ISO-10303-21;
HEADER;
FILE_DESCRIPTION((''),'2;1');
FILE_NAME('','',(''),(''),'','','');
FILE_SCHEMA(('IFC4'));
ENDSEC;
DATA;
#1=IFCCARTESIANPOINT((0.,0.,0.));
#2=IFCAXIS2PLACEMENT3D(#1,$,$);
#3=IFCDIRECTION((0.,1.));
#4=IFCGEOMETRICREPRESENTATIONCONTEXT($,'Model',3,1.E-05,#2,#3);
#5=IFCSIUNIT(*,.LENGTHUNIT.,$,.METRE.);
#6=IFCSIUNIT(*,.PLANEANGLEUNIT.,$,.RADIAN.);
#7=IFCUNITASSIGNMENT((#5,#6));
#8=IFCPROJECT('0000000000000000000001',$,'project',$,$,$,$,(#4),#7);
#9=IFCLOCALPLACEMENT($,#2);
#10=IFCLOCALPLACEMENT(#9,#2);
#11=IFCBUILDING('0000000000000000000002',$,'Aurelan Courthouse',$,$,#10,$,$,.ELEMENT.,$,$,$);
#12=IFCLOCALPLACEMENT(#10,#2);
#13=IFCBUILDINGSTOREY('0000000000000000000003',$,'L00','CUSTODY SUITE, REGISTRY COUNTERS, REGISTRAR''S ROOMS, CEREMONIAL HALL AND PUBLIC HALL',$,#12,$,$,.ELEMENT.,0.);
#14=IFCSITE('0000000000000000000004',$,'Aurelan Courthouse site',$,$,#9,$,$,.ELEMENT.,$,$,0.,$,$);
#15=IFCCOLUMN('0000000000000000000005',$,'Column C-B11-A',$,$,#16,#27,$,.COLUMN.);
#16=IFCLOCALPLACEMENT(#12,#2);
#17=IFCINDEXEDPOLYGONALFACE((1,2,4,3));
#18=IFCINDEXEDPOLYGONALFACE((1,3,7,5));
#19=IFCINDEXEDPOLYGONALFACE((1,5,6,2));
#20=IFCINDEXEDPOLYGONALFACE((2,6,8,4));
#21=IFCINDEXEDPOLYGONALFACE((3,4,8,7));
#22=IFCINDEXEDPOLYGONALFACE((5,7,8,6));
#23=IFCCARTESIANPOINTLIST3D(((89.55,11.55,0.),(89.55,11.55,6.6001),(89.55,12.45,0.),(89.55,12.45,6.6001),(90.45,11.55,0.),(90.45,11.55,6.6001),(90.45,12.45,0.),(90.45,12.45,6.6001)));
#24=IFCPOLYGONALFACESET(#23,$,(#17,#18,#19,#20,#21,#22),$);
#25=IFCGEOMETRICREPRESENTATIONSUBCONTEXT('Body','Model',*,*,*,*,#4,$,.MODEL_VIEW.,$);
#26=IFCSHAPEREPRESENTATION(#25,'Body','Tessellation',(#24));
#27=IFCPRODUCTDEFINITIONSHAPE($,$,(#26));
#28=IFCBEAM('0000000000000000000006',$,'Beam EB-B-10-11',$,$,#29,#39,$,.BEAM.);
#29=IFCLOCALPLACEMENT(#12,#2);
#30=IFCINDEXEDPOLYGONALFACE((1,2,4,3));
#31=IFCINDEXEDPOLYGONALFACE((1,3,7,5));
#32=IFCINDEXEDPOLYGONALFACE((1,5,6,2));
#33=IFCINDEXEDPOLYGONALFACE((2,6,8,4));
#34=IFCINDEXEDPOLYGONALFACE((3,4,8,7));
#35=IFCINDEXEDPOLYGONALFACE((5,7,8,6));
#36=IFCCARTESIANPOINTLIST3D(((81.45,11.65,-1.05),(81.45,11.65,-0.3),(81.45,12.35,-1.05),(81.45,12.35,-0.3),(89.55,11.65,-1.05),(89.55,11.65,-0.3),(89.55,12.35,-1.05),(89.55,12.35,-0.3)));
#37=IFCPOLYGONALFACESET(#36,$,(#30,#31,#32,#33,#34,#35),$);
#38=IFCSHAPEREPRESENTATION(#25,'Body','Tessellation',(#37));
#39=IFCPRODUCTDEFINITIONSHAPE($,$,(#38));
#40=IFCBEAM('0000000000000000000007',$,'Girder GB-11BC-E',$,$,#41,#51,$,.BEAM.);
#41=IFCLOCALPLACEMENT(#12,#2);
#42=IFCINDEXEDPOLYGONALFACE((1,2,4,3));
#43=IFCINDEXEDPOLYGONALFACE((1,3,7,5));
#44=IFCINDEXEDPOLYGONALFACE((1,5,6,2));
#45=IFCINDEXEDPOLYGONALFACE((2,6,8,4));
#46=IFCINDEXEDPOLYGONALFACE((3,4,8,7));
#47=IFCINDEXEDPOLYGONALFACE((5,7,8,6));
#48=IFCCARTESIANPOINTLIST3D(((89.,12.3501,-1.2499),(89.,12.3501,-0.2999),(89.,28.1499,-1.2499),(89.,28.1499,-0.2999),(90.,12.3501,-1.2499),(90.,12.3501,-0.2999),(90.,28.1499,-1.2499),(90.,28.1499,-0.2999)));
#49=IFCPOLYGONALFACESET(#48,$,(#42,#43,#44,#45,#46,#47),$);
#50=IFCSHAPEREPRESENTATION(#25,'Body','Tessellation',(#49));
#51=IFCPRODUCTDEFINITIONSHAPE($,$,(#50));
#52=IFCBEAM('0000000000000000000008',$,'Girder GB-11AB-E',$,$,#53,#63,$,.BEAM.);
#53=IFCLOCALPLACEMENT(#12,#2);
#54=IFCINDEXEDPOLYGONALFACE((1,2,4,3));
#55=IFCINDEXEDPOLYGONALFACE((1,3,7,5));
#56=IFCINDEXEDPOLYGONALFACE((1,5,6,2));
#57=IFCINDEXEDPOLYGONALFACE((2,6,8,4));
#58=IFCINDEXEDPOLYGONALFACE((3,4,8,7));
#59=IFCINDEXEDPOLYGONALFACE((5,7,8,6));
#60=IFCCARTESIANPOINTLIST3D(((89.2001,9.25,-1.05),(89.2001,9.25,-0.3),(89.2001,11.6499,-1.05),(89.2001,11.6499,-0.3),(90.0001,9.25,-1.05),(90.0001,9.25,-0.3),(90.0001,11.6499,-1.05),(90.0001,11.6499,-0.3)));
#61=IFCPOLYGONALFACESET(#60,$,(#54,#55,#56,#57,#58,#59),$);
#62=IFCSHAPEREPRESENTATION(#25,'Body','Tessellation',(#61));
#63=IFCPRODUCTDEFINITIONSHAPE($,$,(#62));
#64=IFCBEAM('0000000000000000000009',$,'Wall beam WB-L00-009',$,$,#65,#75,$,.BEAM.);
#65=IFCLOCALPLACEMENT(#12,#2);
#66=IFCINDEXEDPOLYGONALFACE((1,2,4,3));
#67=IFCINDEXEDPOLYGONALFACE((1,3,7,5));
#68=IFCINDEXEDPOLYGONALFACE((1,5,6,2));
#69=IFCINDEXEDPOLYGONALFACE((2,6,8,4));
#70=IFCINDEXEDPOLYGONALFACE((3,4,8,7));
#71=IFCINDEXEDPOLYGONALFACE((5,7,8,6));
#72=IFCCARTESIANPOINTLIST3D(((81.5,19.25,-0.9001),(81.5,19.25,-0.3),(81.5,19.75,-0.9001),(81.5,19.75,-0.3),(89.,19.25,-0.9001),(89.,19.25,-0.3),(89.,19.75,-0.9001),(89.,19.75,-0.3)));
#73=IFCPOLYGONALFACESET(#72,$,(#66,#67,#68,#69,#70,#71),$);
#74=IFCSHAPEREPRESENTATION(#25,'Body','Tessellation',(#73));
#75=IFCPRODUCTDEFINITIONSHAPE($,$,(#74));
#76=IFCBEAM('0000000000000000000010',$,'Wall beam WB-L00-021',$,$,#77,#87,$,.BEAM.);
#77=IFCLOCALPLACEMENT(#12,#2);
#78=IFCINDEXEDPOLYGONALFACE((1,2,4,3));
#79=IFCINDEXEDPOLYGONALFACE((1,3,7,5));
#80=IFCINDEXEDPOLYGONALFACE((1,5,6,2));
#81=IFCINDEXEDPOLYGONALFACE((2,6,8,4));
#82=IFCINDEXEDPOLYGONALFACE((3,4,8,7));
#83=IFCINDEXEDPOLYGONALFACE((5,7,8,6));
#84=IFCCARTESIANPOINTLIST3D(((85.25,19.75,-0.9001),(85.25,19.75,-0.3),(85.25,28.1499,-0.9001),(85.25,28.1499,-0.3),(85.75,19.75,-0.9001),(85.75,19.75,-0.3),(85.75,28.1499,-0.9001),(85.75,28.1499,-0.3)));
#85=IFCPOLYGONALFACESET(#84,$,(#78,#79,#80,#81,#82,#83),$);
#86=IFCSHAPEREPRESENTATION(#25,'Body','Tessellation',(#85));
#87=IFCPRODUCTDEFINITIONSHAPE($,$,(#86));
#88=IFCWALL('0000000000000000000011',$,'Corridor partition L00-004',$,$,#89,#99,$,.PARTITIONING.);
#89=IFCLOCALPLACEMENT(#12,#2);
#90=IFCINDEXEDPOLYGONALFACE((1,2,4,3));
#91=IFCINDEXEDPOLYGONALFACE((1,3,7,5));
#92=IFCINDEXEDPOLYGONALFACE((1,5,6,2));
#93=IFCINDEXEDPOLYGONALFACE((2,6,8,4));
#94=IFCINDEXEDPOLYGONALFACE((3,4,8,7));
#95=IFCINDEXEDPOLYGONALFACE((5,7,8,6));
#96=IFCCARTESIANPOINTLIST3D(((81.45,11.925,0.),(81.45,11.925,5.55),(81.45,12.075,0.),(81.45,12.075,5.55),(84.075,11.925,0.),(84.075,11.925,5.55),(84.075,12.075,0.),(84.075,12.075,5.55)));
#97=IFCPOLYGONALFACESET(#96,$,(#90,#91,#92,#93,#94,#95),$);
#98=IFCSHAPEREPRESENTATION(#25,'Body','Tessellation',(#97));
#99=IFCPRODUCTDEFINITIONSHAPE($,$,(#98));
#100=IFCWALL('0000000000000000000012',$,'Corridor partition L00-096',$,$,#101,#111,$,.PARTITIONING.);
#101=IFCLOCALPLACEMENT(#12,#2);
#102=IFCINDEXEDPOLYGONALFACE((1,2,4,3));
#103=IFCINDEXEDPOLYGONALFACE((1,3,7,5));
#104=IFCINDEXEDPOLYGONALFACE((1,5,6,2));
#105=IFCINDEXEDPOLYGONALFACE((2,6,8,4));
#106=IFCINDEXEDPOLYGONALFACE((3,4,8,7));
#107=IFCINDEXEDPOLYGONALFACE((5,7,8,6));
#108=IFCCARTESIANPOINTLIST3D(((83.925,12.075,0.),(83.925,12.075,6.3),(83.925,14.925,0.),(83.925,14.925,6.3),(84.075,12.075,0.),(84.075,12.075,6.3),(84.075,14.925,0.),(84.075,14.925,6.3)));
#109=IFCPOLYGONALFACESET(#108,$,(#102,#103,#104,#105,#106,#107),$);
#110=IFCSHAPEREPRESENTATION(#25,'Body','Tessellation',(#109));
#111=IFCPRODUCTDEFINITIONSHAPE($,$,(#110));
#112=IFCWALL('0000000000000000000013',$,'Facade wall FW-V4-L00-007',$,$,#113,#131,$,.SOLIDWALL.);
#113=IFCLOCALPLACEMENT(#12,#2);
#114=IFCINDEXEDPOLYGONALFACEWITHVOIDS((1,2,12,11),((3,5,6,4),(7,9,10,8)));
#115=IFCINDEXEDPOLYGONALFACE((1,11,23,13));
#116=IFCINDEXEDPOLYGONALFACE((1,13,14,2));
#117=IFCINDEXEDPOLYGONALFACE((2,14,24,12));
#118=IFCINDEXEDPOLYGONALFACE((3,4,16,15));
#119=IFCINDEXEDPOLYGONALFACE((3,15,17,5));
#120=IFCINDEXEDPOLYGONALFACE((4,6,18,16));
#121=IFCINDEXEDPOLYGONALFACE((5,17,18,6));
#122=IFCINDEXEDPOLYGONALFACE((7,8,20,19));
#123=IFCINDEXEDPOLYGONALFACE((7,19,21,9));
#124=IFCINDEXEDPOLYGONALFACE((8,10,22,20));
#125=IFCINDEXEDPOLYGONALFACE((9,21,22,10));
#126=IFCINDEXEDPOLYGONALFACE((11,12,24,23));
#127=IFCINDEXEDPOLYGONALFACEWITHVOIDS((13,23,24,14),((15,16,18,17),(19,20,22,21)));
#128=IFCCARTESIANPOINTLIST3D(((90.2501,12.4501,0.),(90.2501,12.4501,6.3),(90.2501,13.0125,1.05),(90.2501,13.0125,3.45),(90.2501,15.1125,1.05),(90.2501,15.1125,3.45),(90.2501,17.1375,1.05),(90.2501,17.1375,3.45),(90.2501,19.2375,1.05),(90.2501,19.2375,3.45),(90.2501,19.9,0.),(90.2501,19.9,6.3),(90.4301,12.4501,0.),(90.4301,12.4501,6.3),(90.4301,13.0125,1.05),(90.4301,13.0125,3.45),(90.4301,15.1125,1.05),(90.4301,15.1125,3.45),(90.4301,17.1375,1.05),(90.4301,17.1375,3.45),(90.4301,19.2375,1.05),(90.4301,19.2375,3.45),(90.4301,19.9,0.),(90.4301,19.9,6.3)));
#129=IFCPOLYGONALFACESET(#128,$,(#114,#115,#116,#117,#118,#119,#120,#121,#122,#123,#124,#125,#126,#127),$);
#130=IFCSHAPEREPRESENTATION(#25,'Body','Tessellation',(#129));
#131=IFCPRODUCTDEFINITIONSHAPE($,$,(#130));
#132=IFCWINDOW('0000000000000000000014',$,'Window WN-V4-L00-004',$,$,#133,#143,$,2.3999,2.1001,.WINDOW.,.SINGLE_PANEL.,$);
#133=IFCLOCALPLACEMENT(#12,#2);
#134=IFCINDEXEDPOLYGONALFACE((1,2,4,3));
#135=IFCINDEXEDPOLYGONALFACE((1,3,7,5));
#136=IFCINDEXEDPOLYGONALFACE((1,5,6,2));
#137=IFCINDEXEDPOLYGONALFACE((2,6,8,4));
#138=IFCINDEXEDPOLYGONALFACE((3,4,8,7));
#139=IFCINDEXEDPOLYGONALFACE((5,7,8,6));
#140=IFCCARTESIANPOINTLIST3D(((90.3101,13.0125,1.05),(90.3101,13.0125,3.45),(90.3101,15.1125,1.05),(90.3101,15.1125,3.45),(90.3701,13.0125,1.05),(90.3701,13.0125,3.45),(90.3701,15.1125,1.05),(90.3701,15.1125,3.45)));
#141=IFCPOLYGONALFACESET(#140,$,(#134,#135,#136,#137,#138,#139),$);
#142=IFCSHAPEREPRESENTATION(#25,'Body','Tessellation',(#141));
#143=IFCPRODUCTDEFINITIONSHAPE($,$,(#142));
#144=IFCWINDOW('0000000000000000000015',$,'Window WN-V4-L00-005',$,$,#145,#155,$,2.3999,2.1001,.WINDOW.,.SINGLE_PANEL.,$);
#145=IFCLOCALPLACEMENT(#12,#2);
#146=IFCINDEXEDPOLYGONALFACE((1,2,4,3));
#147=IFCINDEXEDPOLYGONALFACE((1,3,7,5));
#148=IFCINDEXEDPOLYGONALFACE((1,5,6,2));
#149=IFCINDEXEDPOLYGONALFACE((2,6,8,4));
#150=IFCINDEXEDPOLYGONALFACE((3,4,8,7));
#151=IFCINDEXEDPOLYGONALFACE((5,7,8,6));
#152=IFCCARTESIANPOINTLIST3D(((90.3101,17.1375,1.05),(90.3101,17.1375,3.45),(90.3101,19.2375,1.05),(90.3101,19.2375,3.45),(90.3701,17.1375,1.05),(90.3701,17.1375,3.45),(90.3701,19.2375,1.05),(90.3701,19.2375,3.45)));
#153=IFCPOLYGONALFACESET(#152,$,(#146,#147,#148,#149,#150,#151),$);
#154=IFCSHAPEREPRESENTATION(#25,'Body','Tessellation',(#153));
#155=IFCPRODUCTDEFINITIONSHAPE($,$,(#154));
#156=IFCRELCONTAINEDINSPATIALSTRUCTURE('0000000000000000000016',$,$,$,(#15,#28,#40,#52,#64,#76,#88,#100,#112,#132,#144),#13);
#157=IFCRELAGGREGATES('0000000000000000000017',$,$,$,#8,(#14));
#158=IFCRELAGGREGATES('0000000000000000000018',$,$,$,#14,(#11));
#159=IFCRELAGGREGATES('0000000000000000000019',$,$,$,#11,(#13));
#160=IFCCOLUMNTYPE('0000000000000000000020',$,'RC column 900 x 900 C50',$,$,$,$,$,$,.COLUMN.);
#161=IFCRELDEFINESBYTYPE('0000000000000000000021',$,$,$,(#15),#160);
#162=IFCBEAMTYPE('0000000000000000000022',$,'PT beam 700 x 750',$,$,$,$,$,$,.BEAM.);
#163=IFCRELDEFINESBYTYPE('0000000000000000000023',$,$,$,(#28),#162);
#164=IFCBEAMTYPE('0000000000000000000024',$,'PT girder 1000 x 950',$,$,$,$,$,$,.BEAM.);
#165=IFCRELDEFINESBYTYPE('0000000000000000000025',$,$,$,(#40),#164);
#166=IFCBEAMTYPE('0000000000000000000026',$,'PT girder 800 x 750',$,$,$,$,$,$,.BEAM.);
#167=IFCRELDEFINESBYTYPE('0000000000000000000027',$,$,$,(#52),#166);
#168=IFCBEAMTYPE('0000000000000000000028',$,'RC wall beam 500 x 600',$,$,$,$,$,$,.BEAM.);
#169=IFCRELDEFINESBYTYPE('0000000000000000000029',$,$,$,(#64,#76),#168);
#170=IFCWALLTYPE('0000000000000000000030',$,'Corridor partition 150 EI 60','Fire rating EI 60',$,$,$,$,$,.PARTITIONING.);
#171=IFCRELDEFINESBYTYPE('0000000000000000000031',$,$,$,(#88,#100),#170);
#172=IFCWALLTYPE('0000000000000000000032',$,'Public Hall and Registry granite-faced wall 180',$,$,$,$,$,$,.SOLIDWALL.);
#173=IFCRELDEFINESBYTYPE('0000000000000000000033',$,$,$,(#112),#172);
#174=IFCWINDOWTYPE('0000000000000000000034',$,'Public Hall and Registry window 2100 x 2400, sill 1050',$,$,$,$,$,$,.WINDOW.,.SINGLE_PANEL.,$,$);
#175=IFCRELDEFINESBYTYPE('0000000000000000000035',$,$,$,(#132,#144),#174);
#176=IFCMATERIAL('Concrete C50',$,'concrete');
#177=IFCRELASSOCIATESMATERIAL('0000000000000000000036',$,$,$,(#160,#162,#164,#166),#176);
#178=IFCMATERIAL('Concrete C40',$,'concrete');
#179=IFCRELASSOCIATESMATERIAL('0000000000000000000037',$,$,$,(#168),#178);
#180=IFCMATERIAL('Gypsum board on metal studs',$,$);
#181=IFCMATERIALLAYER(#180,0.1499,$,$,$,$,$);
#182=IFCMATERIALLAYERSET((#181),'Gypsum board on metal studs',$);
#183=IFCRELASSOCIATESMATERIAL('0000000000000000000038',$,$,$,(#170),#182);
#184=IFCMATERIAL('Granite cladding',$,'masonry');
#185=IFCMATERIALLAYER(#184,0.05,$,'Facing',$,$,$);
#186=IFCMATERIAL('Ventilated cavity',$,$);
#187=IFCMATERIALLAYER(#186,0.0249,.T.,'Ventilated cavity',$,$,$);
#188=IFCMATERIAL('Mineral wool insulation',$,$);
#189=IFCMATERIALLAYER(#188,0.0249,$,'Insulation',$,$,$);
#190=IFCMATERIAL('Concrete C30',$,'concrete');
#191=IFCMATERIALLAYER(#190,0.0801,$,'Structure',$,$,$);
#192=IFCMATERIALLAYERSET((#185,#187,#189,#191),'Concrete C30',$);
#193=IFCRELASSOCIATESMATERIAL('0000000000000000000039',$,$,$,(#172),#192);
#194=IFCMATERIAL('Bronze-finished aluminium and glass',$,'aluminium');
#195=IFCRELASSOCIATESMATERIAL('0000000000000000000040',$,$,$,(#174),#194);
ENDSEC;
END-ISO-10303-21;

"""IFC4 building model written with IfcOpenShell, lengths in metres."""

from ifc_helpers import new_model, si_unit, direction, frame, frame_2d, origin, origin_2d, place, context, subcontext, project, spatial, rectangle, extrude, material, layer, layer_set, material_profile, profile_set, type_object, element, fill, save


model = new_model("IFC4")

# Units and contexts
model_context = context("Model", 3, precision=1e-05, world=origin(), true_north=direction((0.0, 1.0)))
body_context = subcontext(model_context, "Body", "Model", "MODEL_VIEW")
ifc_project = project(units=[si_unit("LENGTHUNIT", "METRE"), si_unit("PLANEANGLEUNIT", "RADIAN")], contexts=[model_context])

# Site, building, storey
site_placement = place(None, origin())
site = spatial("IfcSite", under=ifc_project, at=site_placement, Name="Aurelan Courthouse site", CompositionType="ELEMENT", RefElevation=0.0)
building_placement = place(site_placement, origin())
building = spatial("IfcBuilding", under=site, at=building_placement, Name="Aurelan Courthouse", CompositionType="ELEMENT")
storey_placement = place(building_placement, origin())
storey = spatial("IfcBuildingStorey", under=building, at=storey_placement, Name="L00", Description="CUSTODY SUITE, REGISTRY COUNTERS, REGISTRAR'S ROOMS, CEREMONIAL HALL AND PUBLIC HALL", CompositionType="ELEMENT", Elevation=0.0)

# Column
ifc_material_1 = material(Name="Concrete C50", Category="concrete")
ifc_material_profile_1 = material_profile(ifc_material_1, rectangle(XDim=0.8999, YDim=0.8999, at=origin_2d()), Name="RC 900 x 900")
ifc_profile_set_1 = profile_set([ifc_material_profile_1], Name="Concrete C50")
column_type = type_object("IfcColumnType", Name="RC column 900 x 900 C50", PredefinedType="COLUMN", material=ifc_profile_set_1)
column_placement = place(storey_placement, frame((90.0, 12.0, 0.0), z_axis=(0.0, 0.0, 1.0), x_axis=(1.0, 0.0, 0.0)))
element("IfcColumn", 1, at=column_placement, inside=storey, type_object=column_type, Name="Column C-B11-A", PredefinedType="COLUMN", context=body_context, shape_type="SweptSolid", body=[
    extrude(rectangle(XDim=0.8999, YDim=0.8999, at=origin_2d()), origin(), (0.0, 0.0, 1.0), 6.6001),
])

# Beams
ifc_material_profile_2 = material_profile(ifc_material_1, rectangle(XDim=0.7, YDim=0.75, at=origin_2d()), Name="RC 700 x 750")
ifc_profile_set_2 = profile_set([ifc_material_profile_2], Name="Concrete C50")
beam_type_1 = type_object("IfcBeamType", Name="PT beam 700 x 750", PredefinedType="BEAM", material=ifc_profile_set_2)
beam_1_placement = place(storey_placement, frame((81.45, 12.0, -0.675), z_axis=(1.0, 0.0, 0.0), x_axis=(0.0, 1.0, 0.0)))
element("IfcBeam", 2, at=beam_1_placement, inside=storey, type_object=beam_type_1, Name="Beam EB-B-10-11", PredefinedType="BEAM", context=body_context, shape_type="SweptSolid", body=[
    extrude(rectangle(XDim=0.7, YDim=0.75, at=origin_2d()), origin(), (0.0, 0.0, 1.0), 8.1001),
])
ifc_material_profile_3 = material_profile(ifc_material_1, rectangle(XDim=1.0, YDim=0.95, at=origin_2d()), Name="RC 1000 x 950")
ifc_profile_set_3 = profile_set([ifc_material_profile_3], Name="Concrete C50")
beam_type_2 = type_object("IfcBeamType", Name="PT girder 1000 x 950", PredefinedType="BEAM", material=ifc_profile_set_3)
beam_2_placement = place(storey_placement, frame((89.5, 12.3501, -0.7749), z_axis=(0.0, 1.0, 0.0), x_axis=(-1.0, 0.0, 0.0)))
element("IfcBeam", 3, at=beam_2_placement, inside=storey, type_object=beam_type_2, Name="Girder GB-11BC-E", PredefinedType="BEAM", context=body_context, shape_type="SweptSolid", body=[
    extrude(rectangle(XDim=1.0, YDim=0.95, at=origin_2d()), origin(), (0.0, 0.0, 1.0), 15.7998),
])
ifc_material_profile_4 = material_profile(ifc_material_1, rectangle(XDim=0.8, YDim=0.75, at=origin_2d()), Name="RC 800 x 750")
ifc_profile_set_4 = profile_set([ifc_material_profile_4], Name="Concrete C50")
beam_type_3 = type_object("IfcBeamType", Name="PT girder 800 x 750", PredefinedType="BEAM", material=ifc_profile_set_4)
beam_3_placement = place(storey_placement, frame((89.6001, 9.25, -0.675), z_axis=(0.0, 1.0, 0.0), x_axis=(-1.0, 0.0, 0.0)))
element("IfcBeam", 4, at=beam_3_placement, inside=storey, type_object=beam_type_3, Name="Girder GB-11AB-E", PredefinedType="BEAM", context=body_context, shape_type="SweptSolid", body=[
    extrude(rectangle(XDim=0.8, YDim=0.75, at=origin_2d()), origin(), (0.0, 0.0, 1.0), 2.3999),
])
ifc_material_2 = material(Name="Concrete C40", Category="concrete")
ifc_material_profile_5 = material_profile(ifc_material_2, rectangle(XDim=0.5, YDim=0.6001, at=origin_2d()), Name="RC 500 x 600")
ifc_profile_set_5 = profile_set([ifc_material_profile_5], Name="Concrete C40")
beam_type_4 = type_object("IfcBeamType", Name="RC wall beam 500 x 600", PredefinedType="BEAM", material=ifc_profile_set_5)
beam_4_placement = place(storey_placement, frame((81.5, 19.5, -0.6001), z_axis=(1.0, 0.0, 0.0), x_axis=(0.0, 1.0, 0.0)))
element("IfcBeam", 5, at=beam_4_placement, inside=storey, type_object=beam_type_4, Name="Wall beam WB-L00-009", PredefinedType="BEAM", context=body_context, shape_type="SweptSolid", body=[
    extrude(rectangle(XDim=0.5, YDim=0.6001, at=origin_2d()), origin(), (0.0, 0.0, 1.0), 7.5),
])
beam_5_placement = place(storey_placement, frame((85.5, 19.75, -0.6001), z_axis=(0.0, 1.0, 0.0), x_axis=(-1.0, 0.0, 0.0)))
element("IfcBeam", 6, at=beam_5_placement, inside=storey, type_object=beam_type_4, Name="Wall beam WB-L00-021", PredefinedType="BEAM", context=body_context, shape_type="SweptSolid", body=[
    extrude(rectangle(XDim=0.5, YDim=0.6001, at=origin_2d()), origin(), (0.0, 0.0, 1.0), 8.3999),
])

# Walls
ifc_material_3 = material(Name="Gypsum board on metal studs")
ifc_layer_1 = layer(ifc_material_3, 0.1499)
ifc_layer_set_1 = layer_set([ifc_layer_1], Name="Gypsum board on metal studs")
wall_type_1 = type_object("IfcWallType", Name="Corridor partition 150 EI 60", Description="Fire rating EI 60", PredefinedType="PARTITIONING", material=ifc_layer_set_1)
wall_1_placement = place(storey_placement, frame((81.45, 12.0, 0.0), z_axis=(0.0, 0.0, 1.0), x_axis=(1.0, 0.0, 0.0)))
element("IfcWall", 7, at=wall_1_placement, inside=storey, type_object=wall_type_1, Name="Corridor partition L00-004", PredefinedType="PARTITIONING", context=body_context, shape_type="SweptSolid", body=[
    extrude(rectangle(XDim=2.625, YDim=0.1499, at=frame_2d((1.3125, 0.0))), origin(), (0.0, 0.0, 1.0), 5.55),
])
wall_2_placement = place(storey_placement, frame((84.0, 12.075, 0.0), z_axis=(0.0, 0.0, 1.0), x_axis=(0.0, 1.0, 0.0)))
element("IfcWall", 8, at=wall_2_placement, inside=storey, type_object=wall_type_1, Name="Corridor partition L00-096", PredefinedType="PARTITIONING", context=body_context, shape_type="SweptSolid", body=[
    extrude(rectangle(XDim=2.8501, YDim=0.1499, at=frame_2d((1.425, 0.0))), origin(), (0.0, 0.0, 1.0), 6.3),
])

# Wall, openings, windows
ifc_material_4 = material(Name="Granite cladding", Category="masonry")
ifc_layer_2 = layer(ifc_material_4, 0.05, Name="Facing")
ifc_material_5 = material(Name="Ventilated cavity")
ifc_layer_3 = layer(ifc_material_5, 0.0249, ventilated=True, Name="Ventilated cavity")
ifc_material_6 = material(Name="Mineral wool insulation")
ifc_layer_4 = layer(ifc_material_6, 0.0249, Name="Insulation")
ifc_material_7 = material(Name="Concrete C30", Category="concrete")
ifc_layer_5 = layer(ifc_material_7, 0.0801, Name="Structure")
ifc_layer_set_2 = layer_set([ifc_layer_2, ifc_layer_3, ifc_layer_4, ifc_layer_5], Name="Concrete C30")
wall_type_2 = type_object("IfcWallType", Name="Public Hall and Registry granite-faced wall 180", PredefinedType="SOLIDWALL", material=ifc_layer_set_2)
wall_3_placement = place(storey_placement, frame((90.3401, 12.45, 0.0), z_axis=(0.0, 0.0, 1.0), x_axis=(0.0, 1.0, 0.0)))
wall_3 = element("IfcWall", 9, at=wall_3_placement, inside=storey, type_object=wall_type_2, Name="Facade wall FW-V4-L00-007", PredefinedType="SOLIDWALL", context=body_context, shape_type="SweptSolid", body=[
    extrude(rectangle(XDim=7.45, YDim=0.1799, at=frame_2d((3.7251, 0.0))), origin(), (0.0, 0.0, 1.0), 6.3),
])
opening_1_placement = place(wall_3_placement, frame((0.5625, 0.0, 1.05)))
opening_1 = element("IfcOpeningElement", 10, at=opening_1_placement, cuts=wall_3, PredefinedType="OPENING", context=body_context, shape_type="SweptSolid", body=[
    extrude(rectangle(XDim=2.1001, YDim=2.3999, at=frame_2d((1.05, 1.2))), frame((0.0, 0.0999, 0.0), z_axis=(0.0, -1.0, 0.0), x_axis=(1.0, 0.0, 0.0)), (0.0, 0.0, 1.0), 0.2),
])
opening_2_placement = place(wall_3_placement, frame((4.6875, 0.0, 1.05)))
opening_2 = element("IfcOpeningElement", 11, at=opening_2_placement, cuts=wall_3, PredefinedType="OPENING", context=body_context, shape_type="SweptSolid", body=[
    extrude(rectangle(XDim=2.1001, YDim=2.3999, at=frame_2d((1.05, 1.2))), frame((0.0, 0.0999, 0.0), z_axis=(0.0, -1.0, 0.0), x_axis=(1.0, 0.0, 0.0)), (0.0, 0.0, 1.0), 0.2),
])
ifc_material_8 = material(Name="Bronze-finished aluminium and glass", Category="aluminium")
window_type = type_object("IfcWindowType", Name="Public Hall and Registry window 2100 x 2400, sill 1050", PartitioningType="SINGLE_PANEL", PredefinedType="WINDOW", material=ifc_material_8)
window_1_placement = place(opening_1_placement, origin())
window_1 = element("IfcWindow", 12, at=window_1_placement, inside=storey, type_object=window_type, Name="Window WN-V4-L00-004", OverallHeight=2.3999, OverallWidth=2.1001, PartitioningType="SINGLE_PANEL", PredefinedType="WINDOW", context=body_context, shape_type="SweptSolid", body=[
    extrude(rectangle(XDim=2.1001, YDim=2.3999, at=frame_2d((1.05, 1.2))), frame((0.0, 0.03, 0.0), z_axis=(0.0, -1.0, 0.0), x_axis=(1.0, 0.0, 0.0)), (0.0, 0.0, 1.0), 0.0601),
])
fill(opening_1, window_1)
window_2_placement = place(opening_2_placement, origin())
window_2 = element("IfcWindow", 13, at=window_2_placement, inside=storey, type_object=window_type, Name="Window WN-V4-L00-005", OverallHeight=2.3999, OverallWidth=2.1001, PartitioningType="SINGLE_PANEL", PredefinedType="WINDOW", context=body_context, shape_type="SweptSolid", body=[
    extrude(rectangle(XDim=2.1001, YDim=2.3999, at=frame_2d((1.05, 1.2))), frame((0.0, 0.03, 0.0), z_axis=(0.0, -1.0, 0.0), x_axis=(1.0, 0.0, 0.0)), (0.0, 0.0, 1.0), 0.0601),
])
fill(opening_2, window_2)

save(model, "model.ifc")
